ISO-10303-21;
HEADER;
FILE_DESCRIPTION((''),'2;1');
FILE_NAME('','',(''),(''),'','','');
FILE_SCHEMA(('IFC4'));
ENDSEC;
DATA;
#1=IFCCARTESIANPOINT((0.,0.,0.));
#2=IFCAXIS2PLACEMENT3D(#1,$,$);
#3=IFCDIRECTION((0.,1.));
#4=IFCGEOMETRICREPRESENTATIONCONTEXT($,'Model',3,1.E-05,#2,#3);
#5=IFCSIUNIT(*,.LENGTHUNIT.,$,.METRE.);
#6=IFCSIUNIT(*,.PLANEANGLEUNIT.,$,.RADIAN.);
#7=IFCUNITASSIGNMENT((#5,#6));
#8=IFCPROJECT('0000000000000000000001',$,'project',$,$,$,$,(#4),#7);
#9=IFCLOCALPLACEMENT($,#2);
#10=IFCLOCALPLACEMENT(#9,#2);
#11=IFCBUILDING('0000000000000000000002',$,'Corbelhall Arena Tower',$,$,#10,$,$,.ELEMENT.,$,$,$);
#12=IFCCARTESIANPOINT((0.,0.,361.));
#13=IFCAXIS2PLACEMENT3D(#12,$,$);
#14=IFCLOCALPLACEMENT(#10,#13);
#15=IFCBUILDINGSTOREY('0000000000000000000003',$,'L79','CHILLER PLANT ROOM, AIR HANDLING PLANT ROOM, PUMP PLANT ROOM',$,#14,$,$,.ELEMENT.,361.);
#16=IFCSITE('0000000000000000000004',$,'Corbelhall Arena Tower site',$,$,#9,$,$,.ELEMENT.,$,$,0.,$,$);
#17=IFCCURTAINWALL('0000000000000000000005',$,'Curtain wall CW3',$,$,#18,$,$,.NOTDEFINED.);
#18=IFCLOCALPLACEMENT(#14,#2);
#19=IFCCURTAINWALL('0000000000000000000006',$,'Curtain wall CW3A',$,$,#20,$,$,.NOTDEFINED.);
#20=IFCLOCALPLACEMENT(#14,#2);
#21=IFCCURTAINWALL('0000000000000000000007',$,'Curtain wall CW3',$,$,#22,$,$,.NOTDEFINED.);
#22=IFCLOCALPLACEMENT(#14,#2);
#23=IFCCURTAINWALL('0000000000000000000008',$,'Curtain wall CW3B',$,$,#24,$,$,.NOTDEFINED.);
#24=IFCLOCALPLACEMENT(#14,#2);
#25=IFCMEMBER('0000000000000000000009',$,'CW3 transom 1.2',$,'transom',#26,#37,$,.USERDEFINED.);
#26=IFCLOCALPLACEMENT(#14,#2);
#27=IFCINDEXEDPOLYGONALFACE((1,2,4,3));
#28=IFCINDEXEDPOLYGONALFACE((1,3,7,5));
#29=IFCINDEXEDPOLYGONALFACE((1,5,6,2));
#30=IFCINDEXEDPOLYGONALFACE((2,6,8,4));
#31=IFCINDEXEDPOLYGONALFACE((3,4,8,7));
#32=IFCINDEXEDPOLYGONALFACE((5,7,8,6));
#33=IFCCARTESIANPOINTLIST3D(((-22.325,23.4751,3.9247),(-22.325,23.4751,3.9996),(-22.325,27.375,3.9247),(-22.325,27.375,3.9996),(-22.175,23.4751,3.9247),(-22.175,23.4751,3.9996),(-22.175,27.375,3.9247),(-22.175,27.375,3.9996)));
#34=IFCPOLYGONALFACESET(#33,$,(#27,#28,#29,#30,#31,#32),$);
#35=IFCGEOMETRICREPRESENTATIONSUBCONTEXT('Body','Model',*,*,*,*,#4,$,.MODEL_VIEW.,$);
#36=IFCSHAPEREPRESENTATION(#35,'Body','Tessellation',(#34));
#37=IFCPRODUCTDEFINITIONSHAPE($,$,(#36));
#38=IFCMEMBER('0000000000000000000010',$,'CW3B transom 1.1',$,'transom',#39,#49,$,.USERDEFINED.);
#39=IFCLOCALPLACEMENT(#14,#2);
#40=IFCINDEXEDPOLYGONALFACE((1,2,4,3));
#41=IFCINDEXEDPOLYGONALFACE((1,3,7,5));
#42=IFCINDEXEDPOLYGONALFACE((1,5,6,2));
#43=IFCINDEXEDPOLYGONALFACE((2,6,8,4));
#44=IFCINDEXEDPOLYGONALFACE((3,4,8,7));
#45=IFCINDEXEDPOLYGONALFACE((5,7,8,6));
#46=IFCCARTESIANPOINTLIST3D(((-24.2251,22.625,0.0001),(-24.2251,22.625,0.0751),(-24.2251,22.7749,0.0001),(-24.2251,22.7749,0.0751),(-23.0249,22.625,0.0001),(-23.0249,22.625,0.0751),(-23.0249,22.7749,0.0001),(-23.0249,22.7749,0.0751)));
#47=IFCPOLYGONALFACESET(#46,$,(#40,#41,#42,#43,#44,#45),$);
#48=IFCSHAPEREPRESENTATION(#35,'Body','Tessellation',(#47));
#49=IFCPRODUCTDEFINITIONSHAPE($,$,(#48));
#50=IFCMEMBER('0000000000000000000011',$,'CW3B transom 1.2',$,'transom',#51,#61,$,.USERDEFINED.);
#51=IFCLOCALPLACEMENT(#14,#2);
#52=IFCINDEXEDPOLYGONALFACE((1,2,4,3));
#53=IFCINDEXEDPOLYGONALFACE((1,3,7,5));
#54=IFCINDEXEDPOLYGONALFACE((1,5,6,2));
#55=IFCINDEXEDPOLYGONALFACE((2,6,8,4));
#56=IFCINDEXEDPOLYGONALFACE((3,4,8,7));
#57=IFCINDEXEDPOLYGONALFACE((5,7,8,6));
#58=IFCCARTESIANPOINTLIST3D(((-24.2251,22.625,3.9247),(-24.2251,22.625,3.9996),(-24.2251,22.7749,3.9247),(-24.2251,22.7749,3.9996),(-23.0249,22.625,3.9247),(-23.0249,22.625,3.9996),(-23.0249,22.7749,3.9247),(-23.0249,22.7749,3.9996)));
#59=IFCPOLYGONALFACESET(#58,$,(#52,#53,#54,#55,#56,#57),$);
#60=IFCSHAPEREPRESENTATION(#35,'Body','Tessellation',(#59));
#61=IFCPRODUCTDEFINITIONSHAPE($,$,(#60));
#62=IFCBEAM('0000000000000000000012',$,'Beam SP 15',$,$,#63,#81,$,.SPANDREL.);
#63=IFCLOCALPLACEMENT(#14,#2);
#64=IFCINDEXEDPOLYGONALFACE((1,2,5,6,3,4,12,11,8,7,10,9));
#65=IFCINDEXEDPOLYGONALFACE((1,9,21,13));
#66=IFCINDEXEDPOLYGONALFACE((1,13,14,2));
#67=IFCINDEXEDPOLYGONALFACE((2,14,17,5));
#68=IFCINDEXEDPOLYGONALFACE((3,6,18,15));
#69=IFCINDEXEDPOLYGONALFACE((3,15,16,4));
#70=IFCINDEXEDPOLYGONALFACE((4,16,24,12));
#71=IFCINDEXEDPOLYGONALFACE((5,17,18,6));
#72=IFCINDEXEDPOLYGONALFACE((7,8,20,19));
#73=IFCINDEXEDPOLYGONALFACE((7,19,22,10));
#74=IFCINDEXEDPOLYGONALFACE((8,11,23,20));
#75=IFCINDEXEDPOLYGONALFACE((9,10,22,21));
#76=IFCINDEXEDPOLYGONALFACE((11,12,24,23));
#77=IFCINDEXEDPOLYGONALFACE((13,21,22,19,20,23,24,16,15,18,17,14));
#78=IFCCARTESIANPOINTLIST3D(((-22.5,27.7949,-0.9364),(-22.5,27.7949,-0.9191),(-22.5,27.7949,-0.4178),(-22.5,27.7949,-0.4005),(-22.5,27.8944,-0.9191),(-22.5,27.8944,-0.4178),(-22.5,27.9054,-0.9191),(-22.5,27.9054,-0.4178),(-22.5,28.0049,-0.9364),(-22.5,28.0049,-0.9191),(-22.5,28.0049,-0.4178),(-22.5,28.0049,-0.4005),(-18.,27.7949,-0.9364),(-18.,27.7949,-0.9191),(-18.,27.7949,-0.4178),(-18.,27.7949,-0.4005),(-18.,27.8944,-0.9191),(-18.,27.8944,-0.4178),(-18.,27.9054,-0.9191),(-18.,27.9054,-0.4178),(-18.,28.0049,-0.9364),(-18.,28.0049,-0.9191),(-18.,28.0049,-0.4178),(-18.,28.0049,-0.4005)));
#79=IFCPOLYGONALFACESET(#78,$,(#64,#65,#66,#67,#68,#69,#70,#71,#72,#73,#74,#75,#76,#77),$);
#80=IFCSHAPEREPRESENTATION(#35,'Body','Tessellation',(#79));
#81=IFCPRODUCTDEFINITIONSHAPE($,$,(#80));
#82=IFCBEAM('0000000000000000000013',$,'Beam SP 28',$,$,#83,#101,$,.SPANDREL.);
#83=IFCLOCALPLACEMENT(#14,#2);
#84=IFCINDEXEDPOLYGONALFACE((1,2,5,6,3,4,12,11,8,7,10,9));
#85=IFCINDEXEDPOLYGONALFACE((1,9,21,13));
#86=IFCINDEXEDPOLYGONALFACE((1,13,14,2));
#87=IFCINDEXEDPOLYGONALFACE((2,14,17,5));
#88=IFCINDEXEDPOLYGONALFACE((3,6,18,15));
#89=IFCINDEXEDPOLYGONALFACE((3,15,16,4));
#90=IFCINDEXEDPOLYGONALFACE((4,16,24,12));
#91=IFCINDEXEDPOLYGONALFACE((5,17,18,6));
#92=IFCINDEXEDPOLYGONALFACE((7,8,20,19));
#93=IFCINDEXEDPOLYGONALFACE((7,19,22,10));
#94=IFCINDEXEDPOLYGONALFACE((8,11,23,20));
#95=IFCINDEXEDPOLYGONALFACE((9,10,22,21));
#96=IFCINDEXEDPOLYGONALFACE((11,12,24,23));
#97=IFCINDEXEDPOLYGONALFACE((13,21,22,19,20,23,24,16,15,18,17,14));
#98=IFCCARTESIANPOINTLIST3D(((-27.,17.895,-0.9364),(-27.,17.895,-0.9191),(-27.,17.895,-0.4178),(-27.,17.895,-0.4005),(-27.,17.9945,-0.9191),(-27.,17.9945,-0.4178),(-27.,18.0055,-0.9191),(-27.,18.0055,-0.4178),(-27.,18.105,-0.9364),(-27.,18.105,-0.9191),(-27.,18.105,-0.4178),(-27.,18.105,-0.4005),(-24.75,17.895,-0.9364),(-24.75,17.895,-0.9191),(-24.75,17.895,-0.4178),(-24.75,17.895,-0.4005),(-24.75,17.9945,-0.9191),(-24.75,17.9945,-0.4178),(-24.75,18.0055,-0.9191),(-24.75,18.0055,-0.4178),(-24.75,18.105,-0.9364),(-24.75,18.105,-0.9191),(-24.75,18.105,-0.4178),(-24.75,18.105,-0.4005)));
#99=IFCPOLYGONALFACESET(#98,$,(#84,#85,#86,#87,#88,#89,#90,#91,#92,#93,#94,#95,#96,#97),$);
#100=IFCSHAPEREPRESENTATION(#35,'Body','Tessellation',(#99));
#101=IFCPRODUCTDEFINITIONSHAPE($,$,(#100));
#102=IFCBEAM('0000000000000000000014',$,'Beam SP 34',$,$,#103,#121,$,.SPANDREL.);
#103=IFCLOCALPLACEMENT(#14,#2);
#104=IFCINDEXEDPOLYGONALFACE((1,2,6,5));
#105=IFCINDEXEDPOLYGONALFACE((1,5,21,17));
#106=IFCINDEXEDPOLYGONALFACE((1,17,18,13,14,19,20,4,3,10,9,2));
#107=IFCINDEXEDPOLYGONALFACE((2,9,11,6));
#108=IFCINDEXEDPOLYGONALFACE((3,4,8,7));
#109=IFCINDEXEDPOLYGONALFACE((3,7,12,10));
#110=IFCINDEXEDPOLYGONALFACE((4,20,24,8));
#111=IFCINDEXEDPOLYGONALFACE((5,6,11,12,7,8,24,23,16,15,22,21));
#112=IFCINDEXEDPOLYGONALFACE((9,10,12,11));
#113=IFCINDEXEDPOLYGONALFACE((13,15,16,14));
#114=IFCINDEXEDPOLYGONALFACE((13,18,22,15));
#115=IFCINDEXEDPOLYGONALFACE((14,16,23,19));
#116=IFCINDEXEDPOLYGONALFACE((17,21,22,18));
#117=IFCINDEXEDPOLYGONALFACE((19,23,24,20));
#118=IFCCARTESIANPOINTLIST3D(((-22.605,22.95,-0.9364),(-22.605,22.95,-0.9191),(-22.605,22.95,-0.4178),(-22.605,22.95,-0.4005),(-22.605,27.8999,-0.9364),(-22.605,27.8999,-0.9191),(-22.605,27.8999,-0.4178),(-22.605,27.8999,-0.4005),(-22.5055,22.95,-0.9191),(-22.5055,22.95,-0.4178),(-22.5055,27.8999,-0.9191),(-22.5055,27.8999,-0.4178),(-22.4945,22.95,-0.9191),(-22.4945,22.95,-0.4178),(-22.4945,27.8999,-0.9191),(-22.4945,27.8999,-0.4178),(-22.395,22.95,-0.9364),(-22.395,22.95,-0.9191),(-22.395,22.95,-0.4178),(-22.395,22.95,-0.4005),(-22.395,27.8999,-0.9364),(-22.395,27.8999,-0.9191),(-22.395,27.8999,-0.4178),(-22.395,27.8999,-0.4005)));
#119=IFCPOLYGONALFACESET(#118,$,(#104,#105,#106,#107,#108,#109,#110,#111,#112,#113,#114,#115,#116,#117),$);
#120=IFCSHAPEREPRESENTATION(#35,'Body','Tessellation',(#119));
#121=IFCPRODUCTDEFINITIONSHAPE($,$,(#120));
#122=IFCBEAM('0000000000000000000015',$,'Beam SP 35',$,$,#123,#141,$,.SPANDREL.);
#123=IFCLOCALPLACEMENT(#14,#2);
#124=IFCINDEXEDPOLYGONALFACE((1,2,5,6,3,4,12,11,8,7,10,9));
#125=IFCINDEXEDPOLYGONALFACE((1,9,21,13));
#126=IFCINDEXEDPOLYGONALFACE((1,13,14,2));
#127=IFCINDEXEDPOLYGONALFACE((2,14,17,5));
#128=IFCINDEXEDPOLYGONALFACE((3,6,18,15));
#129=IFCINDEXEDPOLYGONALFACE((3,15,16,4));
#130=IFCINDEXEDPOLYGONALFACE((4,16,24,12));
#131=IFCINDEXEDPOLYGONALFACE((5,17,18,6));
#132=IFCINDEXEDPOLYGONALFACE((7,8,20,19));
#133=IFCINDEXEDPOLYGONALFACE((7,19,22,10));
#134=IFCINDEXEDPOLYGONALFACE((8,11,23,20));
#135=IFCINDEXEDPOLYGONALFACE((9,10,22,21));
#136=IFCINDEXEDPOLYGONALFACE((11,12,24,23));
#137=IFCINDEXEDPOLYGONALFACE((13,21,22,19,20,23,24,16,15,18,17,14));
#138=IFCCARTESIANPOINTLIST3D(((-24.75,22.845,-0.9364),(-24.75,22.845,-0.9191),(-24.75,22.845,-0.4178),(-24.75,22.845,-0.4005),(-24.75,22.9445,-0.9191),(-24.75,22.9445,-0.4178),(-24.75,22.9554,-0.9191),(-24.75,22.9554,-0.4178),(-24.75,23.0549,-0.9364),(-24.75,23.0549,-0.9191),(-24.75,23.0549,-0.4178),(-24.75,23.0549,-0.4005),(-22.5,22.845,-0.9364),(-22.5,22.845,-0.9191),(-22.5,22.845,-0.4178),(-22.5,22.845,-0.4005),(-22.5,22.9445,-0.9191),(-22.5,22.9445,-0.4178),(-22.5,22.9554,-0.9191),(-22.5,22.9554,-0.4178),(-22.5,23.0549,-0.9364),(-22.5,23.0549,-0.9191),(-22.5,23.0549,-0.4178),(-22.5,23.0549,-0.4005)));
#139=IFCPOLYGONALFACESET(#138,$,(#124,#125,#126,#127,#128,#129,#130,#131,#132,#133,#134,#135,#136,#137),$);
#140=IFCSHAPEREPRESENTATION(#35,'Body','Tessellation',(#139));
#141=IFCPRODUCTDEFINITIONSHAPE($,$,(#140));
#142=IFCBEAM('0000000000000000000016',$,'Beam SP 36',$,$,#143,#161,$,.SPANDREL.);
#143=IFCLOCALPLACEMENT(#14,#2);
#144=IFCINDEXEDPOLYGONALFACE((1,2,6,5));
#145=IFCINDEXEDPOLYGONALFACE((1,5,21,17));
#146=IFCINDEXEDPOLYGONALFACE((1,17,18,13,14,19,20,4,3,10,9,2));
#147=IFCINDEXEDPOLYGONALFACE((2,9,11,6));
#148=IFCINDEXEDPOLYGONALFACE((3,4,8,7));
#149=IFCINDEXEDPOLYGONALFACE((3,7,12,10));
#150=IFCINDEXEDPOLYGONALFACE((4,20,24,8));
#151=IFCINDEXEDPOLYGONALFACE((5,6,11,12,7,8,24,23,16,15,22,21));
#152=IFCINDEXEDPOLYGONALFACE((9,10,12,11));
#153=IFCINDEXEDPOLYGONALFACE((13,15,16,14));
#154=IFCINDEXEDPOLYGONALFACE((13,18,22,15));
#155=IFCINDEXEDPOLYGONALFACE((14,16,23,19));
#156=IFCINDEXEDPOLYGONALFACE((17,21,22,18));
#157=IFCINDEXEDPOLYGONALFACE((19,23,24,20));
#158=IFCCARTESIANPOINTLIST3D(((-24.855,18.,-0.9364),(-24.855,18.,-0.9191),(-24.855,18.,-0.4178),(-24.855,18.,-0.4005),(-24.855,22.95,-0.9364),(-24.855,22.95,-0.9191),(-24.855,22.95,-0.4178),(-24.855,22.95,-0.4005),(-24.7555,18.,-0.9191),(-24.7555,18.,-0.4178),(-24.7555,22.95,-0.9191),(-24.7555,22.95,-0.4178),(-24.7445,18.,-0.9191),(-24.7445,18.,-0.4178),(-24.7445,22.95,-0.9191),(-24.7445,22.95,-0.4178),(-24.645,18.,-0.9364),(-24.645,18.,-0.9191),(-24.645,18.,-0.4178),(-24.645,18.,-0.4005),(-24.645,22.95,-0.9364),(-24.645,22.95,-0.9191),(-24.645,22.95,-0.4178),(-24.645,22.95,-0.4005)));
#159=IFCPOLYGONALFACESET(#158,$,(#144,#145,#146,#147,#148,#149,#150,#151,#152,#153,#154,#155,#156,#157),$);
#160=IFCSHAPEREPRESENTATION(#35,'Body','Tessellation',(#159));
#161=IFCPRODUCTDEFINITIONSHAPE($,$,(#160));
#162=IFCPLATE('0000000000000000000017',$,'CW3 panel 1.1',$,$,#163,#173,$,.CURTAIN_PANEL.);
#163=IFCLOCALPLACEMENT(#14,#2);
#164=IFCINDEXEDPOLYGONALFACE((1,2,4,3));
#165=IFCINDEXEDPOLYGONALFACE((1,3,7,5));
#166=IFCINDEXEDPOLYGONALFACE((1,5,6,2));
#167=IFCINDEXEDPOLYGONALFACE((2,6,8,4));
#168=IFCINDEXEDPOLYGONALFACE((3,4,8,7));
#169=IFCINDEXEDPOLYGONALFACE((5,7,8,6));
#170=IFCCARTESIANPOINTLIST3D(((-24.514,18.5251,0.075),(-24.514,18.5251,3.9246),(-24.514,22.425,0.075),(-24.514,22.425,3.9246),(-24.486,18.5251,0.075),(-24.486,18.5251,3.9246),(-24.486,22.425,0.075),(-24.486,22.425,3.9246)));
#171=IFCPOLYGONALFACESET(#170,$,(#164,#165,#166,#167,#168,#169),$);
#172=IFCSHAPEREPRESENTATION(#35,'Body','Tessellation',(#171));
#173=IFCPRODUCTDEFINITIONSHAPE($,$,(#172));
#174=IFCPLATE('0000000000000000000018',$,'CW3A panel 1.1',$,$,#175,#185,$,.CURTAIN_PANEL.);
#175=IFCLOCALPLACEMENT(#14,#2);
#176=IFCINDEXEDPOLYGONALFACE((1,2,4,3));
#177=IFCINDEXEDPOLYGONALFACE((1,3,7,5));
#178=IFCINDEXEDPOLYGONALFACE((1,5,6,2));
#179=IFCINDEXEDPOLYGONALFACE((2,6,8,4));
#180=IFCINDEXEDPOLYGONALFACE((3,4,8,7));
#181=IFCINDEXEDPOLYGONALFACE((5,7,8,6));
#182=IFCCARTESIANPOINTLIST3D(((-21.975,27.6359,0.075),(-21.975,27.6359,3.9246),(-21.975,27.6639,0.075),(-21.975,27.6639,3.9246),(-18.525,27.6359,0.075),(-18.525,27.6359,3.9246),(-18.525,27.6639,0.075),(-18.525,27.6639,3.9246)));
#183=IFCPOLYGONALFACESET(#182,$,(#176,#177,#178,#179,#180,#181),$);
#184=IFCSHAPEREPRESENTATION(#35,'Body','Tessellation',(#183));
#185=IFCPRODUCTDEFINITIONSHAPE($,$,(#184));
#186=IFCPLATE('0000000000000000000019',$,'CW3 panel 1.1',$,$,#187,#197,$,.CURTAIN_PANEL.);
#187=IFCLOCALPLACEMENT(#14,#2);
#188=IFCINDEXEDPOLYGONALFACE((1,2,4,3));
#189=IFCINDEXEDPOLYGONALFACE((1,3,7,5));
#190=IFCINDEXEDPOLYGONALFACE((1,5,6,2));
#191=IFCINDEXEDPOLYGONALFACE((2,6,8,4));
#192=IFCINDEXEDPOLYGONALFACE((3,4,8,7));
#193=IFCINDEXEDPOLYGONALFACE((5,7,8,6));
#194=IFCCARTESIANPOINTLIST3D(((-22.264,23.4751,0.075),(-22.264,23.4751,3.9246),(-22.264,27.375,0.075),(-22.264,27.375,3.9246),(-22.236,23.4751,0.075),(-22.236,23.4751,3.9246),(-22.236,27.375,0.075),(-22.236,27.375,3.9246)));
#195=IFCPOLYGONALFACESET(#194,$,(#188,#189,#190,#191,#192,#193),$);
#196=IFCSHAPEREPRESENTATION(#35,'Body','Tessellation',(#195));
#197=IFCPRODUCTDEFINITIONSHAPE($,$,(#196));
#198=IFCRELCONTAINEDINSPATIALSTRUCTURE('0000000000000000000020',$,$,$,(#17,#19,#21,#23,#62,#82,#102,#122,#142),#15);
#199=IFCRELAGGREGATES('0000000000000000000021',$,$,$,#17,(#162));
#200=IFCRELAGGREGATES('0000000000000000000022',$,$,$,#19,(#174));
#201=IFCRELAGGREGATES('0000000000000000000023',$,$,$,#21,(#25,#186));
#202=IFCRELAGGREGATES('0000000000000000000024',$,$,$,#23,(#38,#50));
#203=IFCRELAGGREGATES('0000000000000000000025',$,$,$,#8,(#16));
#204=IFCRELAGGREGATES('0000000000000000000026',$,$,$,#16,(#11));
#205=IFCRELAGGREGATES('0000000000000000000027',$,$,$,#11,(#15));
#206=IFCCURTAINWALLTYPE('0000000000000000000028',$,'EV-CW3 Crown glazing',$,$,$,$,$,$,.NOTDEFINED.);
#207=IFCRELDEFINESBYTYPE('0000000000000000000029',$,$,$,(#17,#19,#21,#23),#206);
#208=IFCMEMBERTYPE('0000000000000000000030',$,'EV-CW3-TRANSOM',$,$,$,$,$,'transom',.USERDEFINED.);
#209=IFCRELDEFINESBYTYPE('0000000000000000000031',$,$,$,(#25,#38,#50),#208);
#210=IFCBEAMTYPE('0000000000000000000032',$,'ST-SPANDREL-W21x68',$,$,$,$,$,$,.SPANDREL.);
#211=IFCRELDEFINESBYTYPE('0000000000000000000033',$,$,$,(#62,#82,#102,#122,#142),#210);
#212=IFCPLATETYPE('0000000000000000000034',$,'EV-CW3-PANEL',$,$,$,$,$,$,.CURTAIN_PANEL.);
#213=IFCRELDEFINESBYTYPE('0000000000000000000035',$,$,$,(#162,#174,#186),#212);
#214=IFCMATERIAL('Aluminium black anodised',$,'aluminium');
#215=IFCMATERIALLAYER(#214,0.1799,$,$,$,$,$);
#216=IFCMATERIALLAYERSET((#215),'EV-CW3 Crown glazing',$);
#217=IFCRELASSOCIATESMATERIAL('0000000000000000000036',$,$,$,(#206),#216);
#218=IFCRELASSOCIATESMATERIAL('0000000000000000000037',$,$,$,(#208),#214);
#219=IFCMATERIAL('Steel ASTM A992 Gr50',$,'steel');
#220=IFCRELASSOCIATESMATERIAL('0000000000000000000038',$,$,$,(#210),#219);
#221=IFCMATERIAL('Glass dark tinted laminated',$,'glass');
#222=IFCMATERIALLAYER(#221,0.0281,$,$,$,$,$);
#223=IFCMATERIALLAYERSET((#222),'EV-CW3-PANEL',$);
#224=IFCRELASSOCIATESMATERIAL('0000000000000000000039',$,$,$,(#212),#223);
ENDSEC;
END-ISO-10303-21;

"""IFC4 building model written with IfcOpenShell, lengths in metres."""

from ifc_helpers import new_model, si_unit, direction, frame, origin, origin_2d, place, context, subcontext, project, spatial, rectangle, i_section, extrude, material, layer, layer_set, material_profile, profile_set, type_object, element, aggregate, save


model = new_model("IFC4")

# Units and contexts
model_context = context("Model", 3, precision=1e-05, world=origin(), true_north=direction((0.0, 1.0)))
body_context = subcontext(model_context, "Body", "Model", "MODEL_VIEW")
ifc_project = project(units=[si_unit("LENGTHUNIT", "METRE"), si_unit("PLANEANGLEUNIT", "RADIAN")], contexts=[model_context])

# Site, building, storey
site_placement = place(None, origin())
site = spatial("IfcSite", under=ifc_project, at=site_placement, Name="Corbelhall Arena Tower site", CompositionType="ELEMENT", RefElevation=0.0)
building_placement = place(site_placement, origin())
building = spatial("IfcBuilding", under=site, at=building_placement, Name="Corbelhall Arena Tower", CompositionType="ELEMENT")
storey_placement = place(building_placement, frame((0.0, 0.0, 361.0)))
storey = spatial("IfcBuildingStorey", under=building, at=storey_placement, Name="L79", Description="CHILLER PLANT ROOM, AIR HANDLING PLANT ROOM, PUMP PLANT ROOM", CompositionType="ELEMENT", Elevation=361.0)

# Curtain wall
ifc_material_1 = material(Name="Aluminium black anodised", Category="aluminium")
ifc_layer_1 = layer(ifc_material_1, 0.1799)
ifc_layer_set_1 = layer_set([ifc_layer_1], Name="EV-CW3 Crown glazing")
curtain_wall_type = type_object("IfcCurtainWallType", Name="EV-CW3 Crown glazing", PredefinedType="NOTDEFINED", material=ifc_layer_set_1)
curtain_wall_1_placement = place(storey_placement, origin())
curtain_wall_1 = element("IfcCurtainWall", 1, at=curtain_wall_1_placement, inside=storey, type_object=curtain_wall_type, Name="Curtain wall CW3", PredefinedType="NOTDEFINED")

# Curtain wall
curtain_wall_2_placement = place(storey_placement, origin())
curtain_wall_2 = element("IfcCurtainWall", 2, at=curtain_wall_2_placement, inside=storey, type_object=curtain_wall_type, Name="Curtain wall CW3A", PredefinedType="NOTDEFINED")

# Curtain walls
curtain_wall_3_placement = place(storey_placement, origin())
curtain_wall_3 = element("IfcCurtainWall", 3, at=curtain_wall_3_placement, inside=storey, type_object=curtain_wall_type, Name="Curtain wall CW3", PredefinedType="NOTDEFINED")
curtain_wall_4_placement = place(storey_placement, origin())
curtain_wall_4 = element("IfcCurtainWall", 4, at=curtain_wall_4_placement, inside=storey, type_object=curtain_wall_type, Name="Curtain wall CW3B", PredefinedType="NOTDEFINED")

# Members
ifc_material_profile_1 = material_profile(ifc_material_1, rectangle(XDim=0.1499, YDim=0.075, at=origin_2d()))
ifc_profile_set_1 = profile_set([ifc_material_profile_1], Name="Aluminium black anodised")
member_type_1 = type_object("IfcMemberType", Name="EV-CW3-TRANSOM", ElementType="transom", PredefinedType="USERDEFINED", material=ifc_profile_set_1)
member_1_placement = place(storey_placement, frame((-22.25, 27.375, 3.9622), z_axis=(0.0, -1.0, 0.0), x_axis=(1.0, 0.0, 0.0)))
member_1 = element("IfcMember", 5, at=member_1_placement, type_object=member_type_1, Name="CW3 transom 1.2", ObjectType="transom", PredefinedType="USERDEFINED", context=body_context, shape_type="SweptSolid", body=[
    extrude(rectangle(XDim=0.1499, YDim=0.075, at=origin_2d()), origin(), (0.0, 0.0, 1.0), 3.8999),
])
member_2_placement = place(storey_placement, frame((-23.0249, 22.7, 0.0376), z_axis=(-1.0, 0.0, 0.0), x_axis=(0.0, -1.0, 0.0)))
member_2 = element("IfcMember", 6, at=member_2_placement, type_object=member_type_1, Name="CW3B transom 1.1", ObjectType="transom", PredefinedType="USERDEFINED", context=body_context, shape_type="SweptSolid", body=[
    extrude(rectangle(XDim=0.1499, YDim=0.075, at=origin_2d()), origin(), (0.0, 0.0, 1.0), 1.2002),
])
member_3_placement = place(storey_placement, frame((-23.0249, 22.7, 3.9622), z_axis=(-1.0, 0.0, 0.0), x_axis=(0.0, -1.0, 0.0)))
member_3 = element("IfcMember", 7, at=member_3_placement, type_object=member_type_1, Name="CW3B transom 1.2", ObjectType="transom", PredefinedType="USERDEFINED", context=body_context, shape_type="SweptSolid", body=[
    extrude(rectangle(XDim=0.1499, YDim=0.075, at=origin_2d()), origin(), (0.0, 0.0, 1.0), 1.2002),
])

# Beams
ifc_material_2 = material(Name="Steel ASTM A992 Gr50", Category="steel")
ifc_material_profile_2 = material_profile(ifc_material_2, i_section(OverallWidth=0.21, OverallDepth=0.5359, WebThickness=0.011, FlangeThickness=0.0173, at=origin_2d()))
ifc_profile_set_2 = profile_set([ifc_material_profile_2], Name="Steel ASTM A992 Gr50")
beam_type = type_object("IfcBeamType", Name="ST-SPANDREL-W21x68", PredefinedType="SPANDREL", material=ifc_profile_set_2)
beam_1_placement = place(storey_placement, frame((-22.5, 27.8999, -0.6685), z_axis=(1.0, 0.0, 0.0), x_axis=(0.0, 1.0, 0.0)))
element("IfcBeam", 8, at=beam_1_placement, inside=storey, type_object=beam_type, Name="Beam SP 15", PredefinedType="SPANDREL", context=body_context, shape_type="SweptSolid", body=[
    extrude(i_section(OverallWidth=0.21, OverallDepth=0.5359, WebThickness=0.011, FlangeThickness=0.0173, at=origin_2d()), origin(), (0.0, 0.0, 1.0), 4.5),
])
beam_2_placement = place(storey_placement, frame((-27.0, 18.0, -0.6685), z_axis=(1.0, 0.0, 0.0), x_axis=(0.0, 1.0, 0.0)))
element("IfcBeam", 9, at=beam_2_placement, inside=storey, type_object=beam_type, Name="Beam SP 28", PredefinedType="SPANDREL", context=body_context, shape_type="SweptSolid", body=[
    extrude(i_section(OverallWidth=0.21, OverallDepth=0.5359, WebThickness=0.011, FlangeThickness=0.0173, at=origin_2d()), origin(), (0.0, 0.0, 1.0), 2.25),
])
beam_3_placement = place(storey_placement, frame((-22.5, 22.95, -0.6685), z_axis=(0.0, 1.0, 0.0), x_axis=(-1.0, 0.0, 0.0)))
element("IfcBeam", 10, at=beam_3_placement, inside=storey, type_object=beam_type, Name="Beam SP 34", PredefinedType="SPANDREL", context=body_context, shape_type="SweptSolid", body=[
    extrude(i_section(OverallWidth=0.21, OverallDepth=0.5359, WebThickness=0.011, FlangeThickness=0.0173, at=origin_2d()), origin(), (0.0, 0.0, 1.0), 4.95),
])
beam_4_placement = place(storey_placement, frame((-24.75, 22.95, -0.6685), z_axis=(1.0, 0.0, 0.0), x_axis=(0.0, 1.0, 0.0)))
element("IfcBeam", 11, at=beam_4_placement, inside=storey, type_object=beam_type, Name="Beam SP 35", PredefinedType="SPANDREL", context=body_context, shape_type="SweptSolid", body=[
    extrude(i_section(OverallWidth=0.21, OverallDepth=0.5359, WebThickness=0.011, FlangeThickness=0.0173, at=origin_2d()), origin(), (0.0, 0.0, 1.0), 2.25),
])
beam_5_placement = place(storey_placement, frame((-24.75, 18.0, -0.6685), z_axis=(0.0, 1.0, 0.0), x_axis=(-1.0, 0.0, 0.0)))
element("IfcBeam", 12, at=beam_5_placement, inside=storey, type_object=beam_type, Name="Beam SP 36", PredefinedType="SPANDREL", context=body_context, shape_type="SweptSolid", body=[
    extrude(i_section(OverallWidth=0.21, OverallDepth=0.5359, WebThickness=0.011, FlangeThickness=0.0173, at=origin_2d()), origin(), (0.0, 0.0, 1.0), 4.95),
])

# Plates
ifc_material_3 = material(Name="Glass dark tinted laminated", Category="glass")
ifc_layer_2 = layer(ifc_material_3, 0.0281)
ifc_layer_set_2 = layer_set([ifc_layer_2], Name="EV-CW3-PANEL")
plate_type = type_object("IfcPlateType", Name="EV-CW3-PANEL", PredefinedType="CURTAIN_PANEL", material=ifc_layer_set_2)
plate_1_placement = place(storey_placement, frame((-24.5, 20.4751, 0.075), z_axis=(0.0, 0.0, 1.0), x_axis=(0.0, -1.0, 0.0)))
plate_1 = element("IfcPlate", 13, at=plate_1_placement, type_object=plate_type, Name="CW3 panel 1.1", PredefinedType="CURTAIN_PANEL", context=body_context, shape_type="SweptSolid", body=[
    extrude(rectangle(XDim=3.8999, YDim=0.0281, at=origin_2d()), origin(), (0.0, 0.0, 1.0), 3.8496),
])
aggregate(curtain_wall_1, [plate_1])
plate_2_placement = place(storey_placement, frame((-20.25, 27.6499, 0.075), z_axis=(0.0, 0.0, 1.0), x_axis=(-1.0, 0.0, 0.0)))
plate_2 = element("IfcPlate", 14, at=plate_2_placement, type_object=plate_type, Name="CW3A panel 1.1", PredefinedType="CURTAIN_PANEL", context=body_context, shape_type="SweptSolid", body=[
    extrude(rectangle(XDim=3.45, YDim=0.0281, at=origin_2d()), origin(), (0.0, 0.0, 1.0), 3.8496),
])
aggregate(curtain_wall_2, [plate_2])
plate_3_placement = place(storey_placement, frame((-22.25, 25.425, 0.075), z_axis=(0.0, 0.0, 1.0), x_axis=(0.0, -1.0, 0.0)))
plate_3 = element("IfcPlate", 15, at=plate_3_placement, type_object=plate_type, Name="CW3 panel 1.1", PredefinedType="CURTAIN_PANEL", context=body_context, shape_type="SweptSolid", body=[
    extrude(rectangle(XDim=3.8999, YDim=0.0281, at=origin_2d()), origin(), (0.0, 0.0, 1.0), 3.8496),
])
aggregate(curtain_wall_3, [member_1, plate_3])
aggregate(curtain_wall_4, [member_2, member_3])

save(model, "model.ifc")
